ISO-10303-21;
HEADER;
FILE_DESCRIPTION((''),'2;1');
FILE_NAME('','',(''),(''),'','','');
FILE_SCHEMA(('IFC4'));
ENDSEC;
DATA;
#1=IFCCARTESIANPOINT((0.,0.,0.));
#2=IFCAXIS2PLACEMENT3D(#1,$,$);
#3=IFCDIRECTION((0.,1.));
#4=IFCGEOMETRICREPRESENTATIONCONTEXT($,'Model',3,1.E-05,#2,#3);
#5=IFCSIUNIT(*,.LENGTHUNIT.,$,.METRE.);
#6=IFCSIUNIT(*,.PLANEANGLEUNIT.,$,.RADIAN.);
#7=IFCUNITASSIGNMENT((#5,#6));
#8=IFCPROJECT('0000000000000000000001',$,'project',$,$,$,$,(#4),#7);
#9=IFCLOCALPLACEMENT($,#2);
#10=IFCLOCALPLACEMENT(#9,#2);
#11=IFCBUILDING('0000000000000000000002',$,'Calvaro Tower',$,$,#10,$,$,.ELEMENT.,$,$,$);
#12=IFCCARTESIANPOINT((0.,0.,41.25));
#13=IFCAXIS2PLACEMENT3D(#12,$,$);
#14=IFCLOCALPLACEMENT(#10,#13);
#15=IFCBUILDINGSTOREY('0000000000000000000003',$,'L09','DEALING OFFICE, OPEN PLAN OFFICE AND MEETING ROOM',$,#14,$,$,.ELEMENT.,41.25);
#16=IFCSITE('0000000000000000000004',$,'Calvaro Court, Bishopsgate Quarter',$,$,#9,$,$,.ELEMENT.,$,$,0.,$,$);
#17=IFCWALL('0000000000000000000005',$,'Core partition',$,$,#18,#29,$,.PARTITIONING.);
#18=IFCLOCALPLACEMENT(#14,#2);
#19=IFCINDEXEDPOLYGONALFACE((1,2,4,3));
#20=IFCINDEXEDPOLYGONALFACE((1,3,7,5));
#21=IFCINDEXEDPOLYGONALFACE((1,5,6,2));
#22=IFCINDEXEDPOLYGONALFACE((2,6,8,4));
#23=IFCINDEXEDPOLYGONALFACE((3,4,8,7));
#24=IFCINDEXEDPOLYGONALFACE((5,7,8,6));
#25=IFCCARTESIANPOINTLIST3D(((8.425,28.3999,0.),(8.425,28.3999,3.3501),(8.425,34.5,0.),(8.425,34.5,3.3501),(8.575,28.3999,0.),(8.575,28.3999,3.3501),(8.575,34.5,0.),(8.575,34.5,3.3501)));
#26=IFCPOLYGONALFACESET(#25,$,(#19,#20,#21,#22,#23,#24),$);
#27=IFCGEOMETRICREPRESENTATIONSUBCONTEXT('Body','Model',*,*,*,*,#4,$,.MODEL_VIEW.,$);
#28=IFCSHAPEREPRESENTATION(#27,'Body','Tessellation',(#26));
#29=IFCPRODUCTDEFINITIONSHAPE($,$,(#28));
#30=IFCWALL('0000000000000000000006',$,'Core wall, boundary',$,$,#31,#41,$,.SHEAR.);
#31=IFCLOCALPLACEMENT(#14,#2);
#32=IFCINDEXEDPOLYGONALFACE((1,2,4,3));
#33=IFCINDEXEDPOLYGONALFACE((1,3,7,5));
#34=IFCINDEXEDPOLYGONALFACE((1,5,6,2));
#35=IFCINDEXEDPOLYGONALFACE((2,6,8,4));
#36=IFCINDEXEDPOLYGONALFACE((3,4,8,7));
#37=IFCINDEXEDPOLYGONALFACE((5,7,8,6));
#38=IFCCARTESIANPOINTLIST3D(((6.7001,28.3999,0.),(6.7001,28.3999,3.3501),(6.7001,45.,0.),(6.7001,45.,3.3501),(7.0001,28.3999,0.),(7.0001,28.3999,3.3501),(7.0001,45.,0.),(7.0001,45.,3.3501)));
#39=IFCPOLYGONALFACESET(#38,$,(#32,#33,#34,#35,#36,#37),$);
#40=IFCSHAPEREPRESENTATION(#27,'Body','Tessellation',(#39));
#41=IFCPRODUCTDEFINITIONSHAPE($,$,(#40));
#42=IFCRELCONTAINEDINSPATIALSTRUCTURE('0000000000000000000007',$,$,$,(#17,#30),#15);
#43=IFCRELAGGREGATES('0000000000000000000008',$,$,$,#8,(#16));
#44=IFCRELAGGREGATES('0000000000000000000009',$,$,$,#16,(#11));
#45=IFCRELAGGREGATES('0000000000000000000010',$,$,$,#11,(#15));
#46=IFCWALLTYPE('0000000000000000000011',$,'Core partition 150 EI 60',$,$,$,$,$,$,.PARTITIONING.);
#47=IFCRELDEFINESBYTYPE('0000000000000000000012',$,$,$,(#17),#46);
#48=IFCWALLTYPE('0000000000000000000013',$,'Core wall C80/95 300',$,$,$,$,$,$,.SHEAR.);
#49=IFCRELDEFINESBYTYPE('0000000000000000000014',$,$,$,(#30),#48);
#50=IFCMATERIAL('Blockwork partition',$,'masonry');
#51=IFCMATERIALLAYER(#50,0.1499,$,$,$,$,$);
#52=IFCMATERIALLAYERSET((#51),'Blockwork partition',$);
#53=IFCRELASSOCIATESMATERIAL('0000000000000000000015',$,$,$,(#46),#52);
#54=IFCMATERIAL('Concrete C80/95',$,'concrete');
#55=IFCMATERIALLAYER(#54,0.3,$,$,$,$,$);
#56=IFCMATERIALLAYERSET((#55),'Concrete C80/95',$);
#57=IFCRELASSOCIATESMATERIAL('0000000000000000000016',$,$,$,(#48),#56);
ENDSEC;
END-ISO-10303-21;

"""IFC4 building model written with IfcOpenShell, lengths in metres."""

from ifc_helpers import new_model, si_unit, direction, frame, frame_2d, origin, place, context, subcontext, project, spatial, rectangle, extrude, material, layer, layer_set, type_object, element, save


model = new_model("IFC4")

# Units and contexts
model_context = context("Model", 3, precision=1e-05, world=origin(), true_north=direction((0.0, 1.0)))
body_context = subcontext(model_context, "Body", "Model", "MODEL_VIEW")
ifc_project = project(units=[si_unit("LENGTHUNIT", "METRE"), si_unit("PLANEANGLEUNIT", "RADIAN")], contexts=[model_context])

# Site, building, storey
site_placement = place(None, origin())
site = spatial("IfcSite", under=ifc_project, at=site_placement, Name="Calvaro Court, Bishopsgate Quarter", CompositionType="ELEMENT", RefElevation=0.0)
building_placement = place(site_placement, origin())
building = spatial("IfcBuilding", under=site, at=building_placement, Name="Calvaro Tower", CompositionType="ELEMENT")
storey_placement = place(building_placement, frame((0.0, 0.0, 41.25)))
storey = spatial("IfcBuildingStorey", under=building, at=storey_placement, Name="L09", Description="DEALING OFFICE, OPEN PLAN OFFICE AND MEETING ROOM", CompositionType="ELEMENT", Elevation=41.25)

# Walls
ifc_material_1 = material(Name="Blockwork partition", Category="masonry")
ifc_layer_1 = layer(ifc_material_1, 0.1499)
ifc_layer_set_1 = layer_set([ifc_layer_1], Name="Blockwork partition")
wall_type_1 = type_object("IfcWallType", Name="Core partition 150 EI 60", PredefinedType="PARTITIONING", material=ifc_layer_set_1)
wall_1_placement = place(storey_placement, frame((8.5, 28.3999, 0.0), z_axis=(0.0, 0.0, 1.0), x_axis=(0.0, 1.0, 0.0)))
element("IfcWall", 1, at=wall_1_placement, inside=storey, type_object=wall_type_1, Name="Core partition", PredefinedType="PARTITIONING", context=body_context, shape_type="SweptSolid", body=[
    extrude(rectangle(XDim=6.1001, YDim=0.1499, at=frame_2d((3.05, 0.0))), origin(), (0.0, 0.0, 1.0), 3.3501),
])
ifc_material_2 = material(Name="Concrete C80/95", Category="concrete")
ifc_layer_2 = layer(ifc_material_2, 0.3)
ifc_layer_set_2 = layer_set([ifc_layer_2], Name="Concrete C80/95")
wall_type_2 = type_object("IfcWallType", Name="Core wall C80/95 300", PredefinedType="SHEAR", material=ifc_layer_set_2)
wall_2_placement = place(storey_placement, frame((6.8501, 28.3999, 0.0), z_axis=(0.0, 0.0, 1.0), x_axis=(0.0, 1.0, 0.0)))
element("IfcWall", 2, at=wall_2_placement, inside=storey, type_object=wall_type_2, Name="Core wall, boundary", PredefinedType="SHEAR", context=body_context, shape_type="SweptSolid", body=[
    extrude(rectangle(XDim=16.6001, YDim=0.3, at=frame_2d((8.3, 0.0))), origin(), (0.0, 0.0, 1.0), 3.3501),
])

save(model, "model.ifc")
